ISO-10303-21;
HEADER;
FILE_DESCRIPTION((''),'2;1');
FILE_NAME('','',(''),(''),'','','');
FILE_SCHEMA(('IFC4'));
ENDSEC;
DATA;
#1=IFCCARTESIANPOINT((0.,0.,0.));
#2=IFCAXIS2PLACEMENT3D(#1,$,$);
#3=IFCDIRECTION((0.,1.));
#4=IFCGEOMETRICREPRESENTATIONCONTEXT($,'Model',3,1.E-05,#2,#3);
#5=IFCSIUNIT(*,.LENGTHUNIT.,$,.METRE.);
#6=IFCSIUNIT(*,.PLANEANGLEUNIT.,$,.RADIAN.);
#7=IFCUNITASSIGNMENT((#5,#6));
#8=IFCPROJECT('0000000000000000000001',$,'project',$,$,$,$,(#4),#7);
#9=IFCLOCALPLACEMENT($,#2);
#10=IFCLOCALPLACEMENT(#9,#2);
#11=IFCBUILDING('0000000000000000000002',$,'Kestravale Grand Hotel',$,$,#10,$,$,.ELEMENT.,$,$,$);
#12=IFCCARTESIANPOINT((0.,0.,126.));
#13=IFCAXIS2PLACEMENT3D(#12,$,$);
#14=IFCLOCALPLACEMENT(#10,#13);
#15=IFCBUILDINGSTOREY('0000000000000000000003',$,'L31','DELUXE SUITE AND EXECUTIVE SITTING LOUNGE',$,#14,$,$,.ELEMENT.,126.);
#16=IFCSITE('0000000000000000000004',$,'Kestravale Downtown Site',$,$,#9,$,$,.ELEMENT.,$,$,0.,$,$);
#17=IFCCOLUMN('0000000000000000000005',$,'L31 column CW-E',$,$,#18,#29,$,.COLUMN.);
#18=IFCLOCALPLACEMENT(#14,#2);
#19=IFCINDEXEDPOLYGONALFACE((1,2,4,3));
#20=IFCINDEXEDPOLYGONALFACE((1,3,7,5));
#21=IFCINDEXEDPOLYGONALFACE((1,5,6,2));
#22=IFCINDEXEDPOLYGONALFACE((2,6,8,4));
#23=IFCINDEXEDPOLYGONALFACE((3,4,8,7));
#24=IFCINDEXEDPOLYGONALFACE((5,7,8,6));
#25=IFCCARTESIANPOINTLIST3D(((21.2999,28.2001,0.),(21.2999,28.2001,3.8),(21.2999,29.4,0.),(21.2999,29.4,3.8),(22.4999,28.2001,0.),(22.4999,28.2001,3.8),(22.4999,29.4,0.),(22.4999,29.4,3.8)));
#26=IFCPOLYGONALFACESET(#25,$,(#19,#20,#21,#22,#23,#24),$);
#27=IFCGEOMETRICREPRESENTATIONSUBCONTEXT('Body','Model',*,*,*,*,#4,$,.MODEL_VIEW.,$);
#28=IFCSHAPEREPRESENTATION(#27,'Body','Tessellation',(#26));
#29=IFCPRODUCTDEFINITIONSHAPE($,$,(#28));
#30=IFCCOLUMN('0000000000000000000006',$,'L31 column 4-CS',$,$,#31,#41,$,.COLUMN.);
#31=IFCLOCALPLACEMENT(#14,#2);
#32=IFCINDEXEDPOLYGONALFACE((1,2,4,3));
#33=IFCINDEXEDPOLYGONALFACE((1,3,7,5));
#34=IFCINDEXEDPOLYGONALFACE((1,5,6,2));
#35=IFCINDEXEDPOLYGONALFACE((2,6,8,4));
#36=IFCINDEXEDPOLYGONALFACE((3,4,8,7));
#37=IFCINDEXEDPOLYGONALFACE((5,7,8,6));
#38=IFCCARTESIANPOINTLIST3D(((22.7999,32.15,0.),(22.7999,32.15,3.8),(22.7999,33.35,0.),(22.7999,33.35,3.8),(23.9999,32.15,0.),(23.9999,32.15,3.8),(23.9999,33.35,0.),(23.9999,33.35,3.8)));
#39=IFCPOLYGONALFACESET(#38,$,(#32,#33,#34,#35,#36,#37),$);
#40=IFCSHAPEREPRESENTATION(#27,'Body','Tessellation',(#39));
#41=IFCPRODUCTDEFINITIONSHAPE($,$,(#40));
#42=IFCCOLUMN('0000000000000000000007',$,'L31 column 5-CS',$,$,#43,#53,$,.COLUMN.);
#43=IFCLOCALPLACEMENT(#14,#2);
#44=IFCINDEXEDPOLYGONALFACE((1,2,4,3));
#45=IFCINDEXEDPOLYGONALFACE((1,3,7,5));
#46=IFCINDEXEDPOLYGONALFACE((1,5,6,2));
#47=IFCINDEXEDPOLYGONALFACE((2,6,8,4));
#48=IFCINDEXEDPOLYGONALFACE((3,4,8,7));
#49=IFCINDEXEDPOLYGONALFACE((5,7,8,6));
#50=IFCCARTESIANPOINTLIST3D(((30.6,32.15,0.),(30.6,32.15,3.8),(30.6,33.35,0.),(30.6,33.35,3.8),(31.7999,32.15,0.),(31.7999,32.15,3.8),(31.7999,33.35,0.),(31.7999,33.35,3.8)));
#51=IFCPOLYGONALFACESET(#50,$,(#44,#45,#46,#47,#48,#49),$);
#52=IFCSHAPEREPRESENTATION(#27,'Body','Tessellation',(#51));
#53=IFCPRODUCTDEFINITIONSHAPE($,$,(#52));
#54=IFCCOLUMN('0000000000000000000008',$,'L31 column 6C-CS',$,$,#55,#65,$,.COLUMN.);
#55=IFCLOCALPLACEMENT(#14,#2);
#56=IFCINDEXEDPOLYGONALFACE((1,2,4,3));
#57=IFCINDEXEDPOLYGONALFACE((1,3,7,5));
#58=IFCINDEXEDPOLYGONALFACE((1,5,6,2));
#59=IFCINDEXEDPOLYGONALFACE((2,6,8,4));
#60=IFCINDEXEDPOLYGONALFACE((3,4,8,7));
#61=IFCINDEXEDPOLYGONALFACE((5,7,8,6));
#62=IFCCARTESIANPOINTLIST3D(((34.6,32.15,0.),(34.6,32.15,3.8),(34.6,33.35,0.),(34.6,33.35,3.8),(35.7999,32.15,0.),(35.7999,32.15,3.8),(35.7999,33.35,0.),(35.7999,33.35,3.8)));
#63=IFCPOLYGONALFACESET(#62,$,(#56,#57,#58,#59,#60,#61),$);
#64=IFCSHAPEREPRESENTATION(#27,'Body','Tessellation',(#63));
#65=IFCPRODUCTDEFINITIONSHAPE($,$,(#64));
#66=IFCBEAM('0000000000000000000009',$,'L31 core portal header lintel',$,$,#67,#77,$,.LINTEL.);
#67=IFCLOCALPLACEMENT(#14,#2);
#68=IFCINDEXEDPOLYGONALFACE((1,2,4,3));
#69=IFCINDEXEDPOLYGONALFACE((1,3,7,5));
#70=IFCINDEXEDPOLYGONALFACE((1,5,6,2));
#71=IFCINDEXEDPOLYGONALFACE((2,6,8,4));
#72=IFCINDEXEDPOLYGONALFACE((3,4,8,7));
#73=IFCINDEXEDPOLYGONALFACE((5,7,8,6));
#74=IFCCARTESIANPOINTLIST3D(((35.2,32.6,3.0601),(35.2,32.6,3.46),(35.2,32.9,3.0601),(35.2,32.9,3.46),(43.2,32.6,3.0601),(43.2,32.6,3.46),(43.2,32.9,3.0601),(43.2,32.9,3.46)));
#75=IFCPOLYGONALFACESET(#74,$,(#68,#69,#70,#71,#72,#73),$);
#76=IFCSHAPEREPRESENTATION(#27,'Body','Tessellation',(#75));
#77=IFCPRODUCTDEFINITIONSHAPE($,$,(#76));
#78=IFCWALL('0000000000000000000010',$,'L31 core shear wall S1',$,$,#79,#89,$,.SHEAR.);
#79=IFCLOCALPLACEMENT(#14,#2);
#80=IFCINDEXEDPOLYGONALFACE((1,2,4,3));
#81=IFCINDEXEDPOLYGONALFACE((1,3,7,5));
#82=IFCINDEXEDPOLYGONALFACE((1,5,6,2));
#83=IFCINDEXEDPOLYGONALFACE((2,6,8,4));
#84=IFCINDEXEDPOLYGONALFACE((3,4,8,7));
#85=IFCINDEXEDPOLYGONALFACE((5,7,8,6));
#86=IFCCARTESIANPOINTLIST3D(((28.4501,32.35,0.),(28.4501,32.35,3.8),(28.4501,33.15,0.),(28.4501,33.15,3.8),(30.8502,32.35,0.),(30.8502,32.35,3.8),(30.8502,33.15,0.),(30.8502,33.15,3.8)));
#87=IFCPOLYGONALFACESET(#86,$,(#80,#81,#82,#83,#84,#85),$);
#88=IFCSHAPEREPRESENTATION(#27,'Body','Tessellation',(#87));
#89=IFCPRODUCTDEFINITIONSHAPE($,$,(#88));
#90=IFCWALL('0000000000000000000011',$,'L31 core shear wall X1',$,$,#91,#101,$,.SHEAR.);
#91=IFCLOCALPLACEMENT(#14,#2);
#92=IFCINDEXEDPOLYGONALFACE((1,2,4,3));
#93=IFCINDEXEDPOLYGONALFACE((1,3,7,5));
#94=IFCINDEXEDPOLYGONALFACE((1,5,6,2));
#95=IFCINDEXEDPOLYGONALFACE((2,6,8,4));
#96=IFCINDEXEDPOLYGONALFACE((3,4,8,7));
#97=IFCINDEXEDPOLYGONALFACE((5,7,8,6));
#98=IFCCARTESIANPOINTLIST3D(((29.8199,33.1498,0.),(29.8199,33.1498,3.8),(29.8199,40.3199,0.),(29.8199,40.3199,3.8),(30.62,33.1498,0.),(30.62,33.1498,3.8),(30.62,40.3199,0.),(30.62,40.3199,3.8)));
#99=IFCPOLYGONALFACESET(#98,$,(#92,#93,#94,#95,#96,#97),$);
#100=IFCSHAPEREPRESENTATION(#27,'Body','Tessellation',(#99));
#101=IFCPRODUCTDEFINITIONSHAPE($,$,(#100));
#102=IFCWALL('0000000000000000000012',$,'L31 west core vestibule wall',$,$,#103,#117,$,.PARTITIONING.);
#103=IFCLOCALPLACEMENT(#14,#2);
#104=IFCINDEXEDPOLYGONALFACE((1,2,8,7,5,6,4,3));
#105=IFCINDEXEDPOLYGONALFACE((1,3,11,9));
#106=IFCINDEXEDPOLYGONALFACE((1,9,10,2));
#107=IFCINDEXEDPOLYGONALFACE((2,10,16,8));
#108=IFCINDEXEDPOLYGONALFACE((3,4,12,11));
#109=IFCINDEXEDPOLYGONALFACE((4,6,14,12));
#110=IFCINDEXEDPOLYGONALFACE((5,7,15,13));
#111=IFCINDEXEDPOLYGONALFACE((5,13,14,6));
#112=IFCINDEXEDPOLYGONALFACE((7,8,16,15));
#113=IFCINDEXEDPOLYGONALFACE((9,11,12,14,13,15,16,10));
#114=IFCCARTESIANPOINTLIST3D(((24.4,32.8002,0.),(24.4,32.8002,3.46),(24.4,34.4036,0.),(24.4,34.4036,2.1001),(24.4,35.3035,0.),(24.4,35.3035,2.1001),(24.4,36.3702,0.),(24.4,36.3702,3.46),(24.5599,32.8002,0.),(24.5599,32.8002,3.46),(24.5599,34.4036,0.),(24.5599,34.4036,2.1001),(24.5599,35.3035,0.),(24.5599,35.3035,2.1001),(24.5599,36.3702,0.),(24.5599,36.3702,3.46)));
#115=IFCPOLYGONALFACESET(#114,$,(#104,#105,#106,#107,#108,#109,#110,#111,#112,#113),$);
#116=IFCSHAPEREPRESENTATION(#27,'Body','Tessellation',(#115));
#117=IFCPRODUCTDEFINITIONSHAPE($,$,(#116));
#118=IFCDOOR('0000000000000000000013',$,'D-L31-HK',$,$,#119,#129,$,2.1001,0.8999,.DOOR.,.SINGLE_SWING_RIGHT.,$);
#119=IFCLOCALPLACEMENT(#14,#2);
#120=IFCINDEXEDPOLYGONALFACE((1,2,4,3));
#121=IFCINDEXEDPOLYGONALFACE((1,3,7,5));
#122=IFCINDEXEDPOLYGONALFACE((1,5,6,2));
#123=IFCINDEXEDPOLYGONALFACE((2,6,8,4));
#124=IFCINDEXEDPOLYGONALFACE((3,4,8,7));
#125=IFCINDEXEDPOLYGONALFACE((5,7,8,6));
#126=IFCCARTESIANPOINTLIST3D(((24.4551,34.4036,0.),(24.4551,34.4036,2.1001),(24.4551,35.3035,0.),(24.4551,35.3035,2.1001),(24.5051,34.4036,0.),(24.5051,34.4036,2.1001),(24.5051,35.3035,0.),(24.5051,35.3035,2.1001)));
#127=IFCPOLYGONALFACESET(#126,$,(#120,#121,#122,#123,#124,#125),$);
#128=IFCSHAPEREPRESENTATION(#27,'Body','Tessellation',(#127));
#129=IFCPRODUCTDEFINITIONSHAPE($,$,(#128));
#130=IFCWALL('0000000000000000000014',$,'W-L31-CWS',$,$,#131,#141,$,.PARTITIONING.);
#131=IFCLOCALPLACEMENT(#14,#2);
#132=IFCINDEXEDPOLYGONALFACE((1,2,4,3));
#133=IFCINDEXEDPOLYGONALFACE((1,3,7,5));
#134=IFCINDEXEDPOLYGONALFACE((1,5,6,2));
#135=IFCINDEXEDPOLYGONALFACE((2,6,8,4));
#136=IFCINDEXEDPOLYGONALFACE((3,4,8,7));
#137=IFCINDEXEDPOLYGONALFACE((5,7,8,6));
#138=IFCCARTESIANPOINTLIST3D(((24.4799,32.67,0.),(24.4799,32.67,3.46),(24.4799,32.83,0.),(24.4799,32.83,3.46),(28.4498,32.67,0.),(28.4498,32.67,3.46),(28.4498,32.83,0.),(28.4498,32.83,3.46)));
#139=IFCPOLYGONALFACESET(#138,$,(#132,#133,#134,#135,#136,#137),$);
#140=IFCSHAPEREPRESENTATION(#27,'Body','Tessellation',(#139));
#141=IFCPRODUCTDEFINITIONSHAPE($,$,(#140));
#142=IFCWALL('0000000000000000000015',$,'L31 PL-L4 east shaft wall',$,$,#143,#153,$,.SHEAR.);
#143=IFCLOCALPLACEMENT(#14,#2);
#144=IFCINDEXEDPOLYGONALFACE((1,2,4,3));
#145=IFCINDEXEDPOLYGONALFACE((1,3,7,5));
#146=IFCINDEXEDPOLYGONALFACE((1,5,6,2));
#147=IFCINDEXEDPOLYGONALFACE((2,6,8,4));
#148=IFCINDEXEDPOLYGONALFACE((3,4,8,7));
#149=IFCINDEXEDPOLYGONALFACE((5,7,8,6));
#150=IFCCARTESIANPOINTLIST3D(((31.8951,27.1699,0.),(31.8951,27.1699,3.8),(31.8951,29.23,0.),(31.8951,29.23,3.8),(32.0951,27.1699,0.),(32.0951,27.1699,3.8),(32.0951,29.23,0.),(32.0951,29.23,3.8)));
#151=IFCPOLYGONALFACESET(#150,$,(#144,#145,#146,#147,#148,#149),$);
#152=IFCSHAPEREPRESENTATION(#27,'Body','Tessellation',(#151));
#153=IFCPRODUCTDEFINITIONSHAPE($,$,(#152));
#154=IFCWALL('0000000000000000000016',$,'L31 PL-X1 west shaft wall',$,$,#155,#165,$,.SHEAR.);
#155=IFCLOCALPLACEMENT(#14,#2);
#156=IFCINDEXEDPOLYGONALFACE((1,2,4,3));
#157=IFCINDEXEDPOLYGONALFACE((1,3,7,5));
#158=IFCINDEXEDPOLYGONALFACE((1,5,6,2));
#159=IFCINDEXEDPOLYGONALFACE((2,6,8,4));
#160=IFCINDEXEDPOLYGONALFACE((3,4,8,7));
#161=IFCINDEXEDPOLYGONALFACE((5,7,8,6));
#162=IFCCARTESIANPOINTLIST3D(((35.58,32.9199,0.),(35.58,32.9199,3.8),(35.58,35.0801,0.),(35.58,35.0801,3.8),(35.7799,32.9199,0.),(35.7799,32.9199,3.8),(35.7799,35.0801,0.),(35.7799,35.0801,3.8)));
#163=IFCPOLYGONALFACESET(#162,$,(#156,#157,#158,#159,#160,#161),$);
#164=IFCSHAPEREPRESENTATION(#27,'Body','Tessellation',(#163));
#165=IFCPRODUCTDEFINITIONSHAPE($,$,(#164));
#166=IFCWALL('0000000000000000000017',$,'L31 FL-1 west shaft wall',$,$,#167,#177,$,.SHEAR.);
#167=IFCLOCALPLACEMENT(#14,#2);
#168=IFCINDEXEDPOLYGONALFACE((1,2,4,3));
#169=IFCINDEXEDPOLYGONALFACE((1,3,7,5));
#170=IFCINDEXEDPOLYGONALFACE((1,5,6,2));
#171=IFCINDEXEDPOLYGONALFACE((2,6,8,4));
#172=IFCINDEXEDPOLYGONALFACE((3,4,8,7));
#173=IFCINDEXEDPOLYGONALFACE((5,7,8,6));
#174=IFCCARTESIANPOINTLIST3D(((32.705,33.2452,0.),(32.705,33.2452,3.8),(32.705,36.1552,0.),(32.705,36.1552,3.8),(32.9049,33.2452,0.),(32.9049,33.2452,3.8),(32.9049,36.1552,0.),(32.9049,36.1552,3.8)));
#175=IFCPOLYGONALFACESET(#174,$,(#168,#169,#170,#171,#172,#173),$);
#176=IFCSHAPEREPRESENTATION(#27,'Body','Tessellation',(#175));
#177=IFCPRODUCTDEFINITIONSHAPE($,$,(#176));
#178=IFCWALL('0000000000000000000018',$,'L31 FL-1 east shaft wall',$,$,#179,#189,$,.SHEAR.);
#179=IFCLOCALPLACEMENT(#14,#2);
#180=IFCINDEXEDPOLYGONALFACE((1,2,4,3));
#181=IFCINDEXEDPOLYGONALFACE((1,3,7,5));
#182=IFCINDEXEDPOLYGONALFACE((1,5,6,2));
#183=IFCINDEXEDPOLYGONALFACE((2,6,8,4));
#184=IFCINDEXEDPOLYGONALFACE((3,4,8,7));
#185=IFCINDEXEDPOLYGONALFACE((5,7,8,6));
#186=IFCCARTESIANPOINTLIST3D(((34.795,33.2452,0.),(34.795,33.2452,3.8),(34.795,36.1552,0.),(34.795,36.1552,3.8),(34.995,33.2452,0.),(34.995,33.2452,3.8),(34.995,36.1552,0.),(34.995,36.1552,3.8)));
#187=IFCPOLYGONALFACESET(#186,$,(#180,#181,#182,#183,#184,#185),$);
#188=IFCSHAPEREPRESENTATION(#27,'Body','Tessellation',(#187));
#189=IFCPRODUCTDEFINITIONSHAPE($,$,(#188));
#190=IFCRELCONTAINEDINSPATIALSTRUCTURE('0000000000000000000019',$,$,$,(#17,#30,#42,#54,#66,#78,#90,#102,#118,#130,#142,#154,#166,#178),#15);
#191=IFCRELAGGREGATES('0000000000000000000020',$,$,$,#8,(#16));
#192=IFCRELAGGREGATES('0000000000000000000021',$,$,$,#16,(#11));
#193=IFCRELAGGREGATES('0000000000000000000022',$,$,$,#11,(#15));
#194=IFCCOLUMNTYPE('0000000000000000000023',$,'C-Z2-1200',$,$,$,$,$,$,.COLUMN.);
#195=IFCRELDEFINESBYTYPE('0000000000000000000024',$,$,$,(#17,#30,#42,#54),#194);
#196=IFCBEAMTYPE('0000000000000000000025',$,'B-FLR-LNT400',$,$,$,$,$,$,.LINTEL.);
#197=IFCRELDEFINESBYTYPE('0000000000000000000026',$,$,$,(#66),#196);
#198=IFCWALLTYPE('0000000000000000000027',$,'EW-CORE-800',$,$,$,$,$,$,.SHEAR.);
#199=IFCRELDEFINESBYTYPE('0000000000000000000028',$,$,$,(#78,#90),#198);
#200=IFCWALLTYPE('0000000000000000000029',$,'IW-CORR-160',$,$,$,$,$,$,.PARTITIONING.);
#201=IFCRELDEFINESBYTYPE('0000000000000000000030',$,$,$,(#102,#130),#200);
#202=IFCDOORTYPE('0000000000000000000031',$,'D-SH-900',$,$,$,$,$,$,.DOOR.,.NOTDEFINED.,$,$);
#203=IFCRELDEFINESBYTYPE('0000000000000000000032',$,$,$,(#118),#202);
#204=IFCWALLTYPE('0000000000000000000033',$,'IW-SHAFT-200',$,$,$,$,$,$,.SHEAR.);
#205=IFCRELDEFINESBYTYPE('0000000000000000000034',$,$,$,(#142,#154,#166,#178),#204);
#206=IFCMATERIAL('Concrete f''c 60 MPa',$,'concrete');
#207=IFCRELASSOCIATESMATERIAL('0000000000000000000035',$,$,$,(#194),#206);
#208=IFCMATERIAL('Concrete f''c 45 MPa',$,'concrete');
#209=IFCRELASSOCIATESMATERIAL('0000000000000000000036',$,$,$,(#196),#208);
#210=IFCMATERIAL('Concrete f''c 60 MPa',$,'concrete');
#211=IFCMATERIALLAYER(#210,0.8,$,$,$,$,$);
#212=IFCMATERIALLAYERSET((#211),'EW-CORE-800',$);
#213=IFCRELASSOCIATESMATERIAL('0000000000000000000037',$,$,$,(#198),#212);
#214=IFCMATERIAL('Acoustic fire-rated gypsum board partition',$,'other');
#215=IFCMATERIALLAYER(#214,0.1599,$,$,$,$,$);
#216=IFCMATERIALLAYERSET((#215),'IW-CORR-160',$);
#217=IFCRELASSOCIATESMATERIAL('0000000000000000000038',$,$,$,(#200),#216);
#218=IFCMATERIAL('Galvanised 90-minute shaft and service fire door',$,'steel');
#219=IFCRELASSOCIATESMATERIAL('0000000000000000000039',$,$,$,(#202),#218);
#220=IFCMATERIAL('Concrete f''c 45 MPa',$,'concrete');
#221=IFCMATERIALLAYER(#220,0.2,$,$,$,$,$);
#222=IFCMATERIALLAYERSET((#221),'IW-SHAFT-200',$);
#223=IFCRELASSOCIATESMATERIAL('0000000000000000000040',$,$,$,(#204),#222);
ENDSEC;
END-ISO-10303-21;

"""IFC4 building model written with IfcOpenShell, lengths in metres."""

from ifc_helpers import new_model, si_unit, direction, frame, frame_2d, origin, origin_2d, place, context, subcontext, project, spatial, rectangle, extrude, material, layer, layer_set, material_profile, profile_set, type_object, element, fill, save


model = new_model("IFC4")

# Units and contexts
model_context = context("Model", 3, precision=1e-05, world=origin(), true_north=direction((0.0, 1.0)))
body_context = subcontext(model_context, "Body", "Model", "MODEL_VIEW")
ifc_project = project(units=[si_unit("LENGTHUNIT", "METRE"), si_unit("PLANEANGLEUNIT", "RADIAN")], contexts=[model_context])

# Site, building, storey
site_placement = place(None, origin())
site = spatial("IfcSite", under=ifc_project, at=site_placement, Name="Kestravale Downtown Site", CompositionType="ELEMENT", RefElevation=0.0)
building_placement = place(site_placement, origin())
building = spatial("IfcBuilding", under=site, at=building_placement, Name="Kestravale Grand Hotel", CompositionType="ELEMENT")
storey_placement = place(building_placement, frame((0.0, 0.0, 126.0)))
storey = spatial("IfcBuildingStorey", under=building, at=storey_placement, Name="L31", Description="DELUXE SUITE AND EXECUTIVE SITTING LOUNGE", CompositionType="ELEMENT", Elevation=126.0)

# Columns
ifc_material_1 = material(Name="Concrete f'c 60 MPa", Category="concrete")
ifc_material_profile_1 = material_profile(ifc_material_1, rectangle(XDim=1.2, YDim=1.2, at=origin_2d()))
ifc_profile_set_1 = profile_set([ifc_material_profile_1], Name="Concrete f'c 60 MPa")
column_type = type_object("IfcColumnType", Name="C-Z2-1200", PredefinedType="COLUMN", material=ifc_profile_set_1)
for number, where, z_axis, x_axis, name in (
    (1, (21.8999, 28.8, 0.0), (0.0, 0.0, 1.0), (1.0, 0.0, 0.0), "L31 column CW-E"),
    (2, (23.3999, 32.75, 0.0), (0.0, 0.0, 1.0), (1.0, 0.0, 0.0), "L31 column 4-CS"),
    (3, (31.2, 32.75, 0.0), (0.0, 0.0, 1.0), (1.0, 0.0, 0.0), "L31 column 5-CS"),
    (4, (35.2, 32.75, 0.0), (0.0, 0.0, 1.0), (1.0, 0.0, 0.0), "L31 column 6C-CS"),
):
    element("IfcColumn", number, at=place(storey_placement, frame(where, z_axis=z_axis, x_axis=x_axis)), inside=storey, type_object=column_type, Name=name, PredefinedType="COLUMN", context=body_context, shape_type="SweptSolid", body=[
        extrude(rectangle(XDim=1.2, YDim=1.2, at=origin_2d()), origin(), (0.0, 0.0, 1.0), 3.8),
    ])

# Beam
ifc_material_2 = material(Name="Concrete f'c 45 MPa", Category="concrete")
ifc_material_profile_2 = material_profile(ifc_material_2, rectangle(XDim=0.3, YDim=0.3999, at=origin_2d()))
ifc_profile_set_2 = profile_set([ifc_material_profile_2], Name="Concrete f'c 45 MPa")
beam_type = type_object("IfcBeamType", Name="B-FLR-LNT400", PredefinedType="LINTEL", material=ifc_profile_set_2)
beam_placement = place(storey_placement, frame((35.2, 32.75, 3.26), z_axis=(1.0, 0.0, 0.0), x_axis=(0.0, 1.0, 0.0)))
element("IfcBeam", 5, at=beam_placement, inside=storey, type_object=beam_type, Name="L31 core portal header lintel", PredefinedType="LINTEL", context=body_context, shape_type="SweptSolid", body=[
    extrude(rectangle(XDim=0.3, YDim=0.3999, at=origin_2d()), origin(), (0.0, 0.0, 1.0), 8.0),
])

# Walls
ifc_material_3 = material(Name="Concrete f'c 60 MPa", Category="concrete")
ifc_layer_1 = layer(ifc_material_3, 0.8)
ifc_layer_set_1 = layer_set([ifc_layer_1], Name="EW-CORE-800")
wall_type_1 = type_object("IfcWallType", Name="EW-CORE-800", PredefinedType="SHEAR", material=ifc_layer_set_1)
wall_1_placement = place(storey_placement, frame((28.45, 32.75, 0.0), z_axis=(0.0, 0.0, 1.0), x_axis=(1.0, 0.0, 0.0)))
element("IfcWall", 6, at=wall_1_placement, inside=storey, type_object=wall_type_1, Name="L31 core shear wall S1", PredefinedType="SHEAR", context=body_context, shape_type="SweptSolid", body=[
    extrude(rectangle(XDim=2.4001, YDim=0.8, at=frame_2d((1.2002, 0.0))), origin(), (0.0, 0.0, 1.0), 3.8),
])
wall_2_placement = place(storey_placement, frame((30.22, 33.1499, 0.0), z_axis=(0.0, 0.0, 1.0), x_axis=(0.0, 1.0, 0.0)))
element("IfcWall", 7, at=wall_2_placement, inside=storey, type_object=wall_type_1, Name="L31 core shear wall X1", PredefinedType="SHEAR", context=body_context, shape_type="SweptSolid", body=[
    extrude(rectangle(XDim=7.1702, YDim=0.8, at=frame_2d((3.585, 0.0))), origin(), (0.0, 0.0, 1.0), 3.8),
])

# Wall, opening, door
ifc_material_4 = material(Name="Acoustic fire-rated gypsum board partition", Category="other")
ifc_layer_2 = layer(ifc_material_4, 0.1599)
ifc_layer_set_2 = layer_set([ifc_layer_2], Name="IW-CORR-160")
wall_type_2 = type_object("IfcWallType", Name="IW-CORR-160", PredefinedType="PARTITIONING", material=ifc_layer_set_2)
wall_3_placement = place(storey_placement, frame((24.48, 32.8, 0.0), z_axis=(0.0, 0.0, 1.0), x_axis=(0.0, 1.0, 0.0)))
wall_3 = element("IfcWall", 8, at=wall_3_placement, inside=storey, type_object=wall_type_2, Name="L31 west core vestibule wall", PredefinedType="PARTITIONING", context=body_context, shape_type="SweptSolid", body=[
    extrude(rectangle(XDim=3.5701, YDim=0.1599, at=frame_2d((1.7852, 0.0))), origin(), (0.0, 0.0, 1.0), 3.46),
])
opening_1_placement = place(wall_3_placement, frame((1.6035, 0.0, 0.0)))
opening_1 = element("IfcOpeningElement", 9, at=opening_1_placement, cuts=wall_3, PredefinedType="OPENING", context=body_context, shape_type="SweptSolid", body=[
    extrude(rectangle(XDim=0.8999, YDim=2.1001, at=frame_2d((0.45, 1.05))), frame((0.0, 0.0898, 0.0), z_axis=(0.0, -1.0, 0.0), x_axis=(1.0, 0.0, 0.0)), (0.0, 0.0, 1.0), 0.1799),
])
ifc_material_5 = material(Name="Galvanised 90-minute shaft and service fire door", Category="steel")
door_type_1 = type_object("IfcDoorType", Name="D-SH-900", OperationType="NOTDEFINED", PredefinedType="DOOR", material=ifc_material_5)
door_1_placement = place(opening_1_placement, origin())
door_1 = element("IfcDoor", 10, at=door_1_placement, inside=storey, type_object=door_type_1, Name="D-L31-HK", OperationType="SINGLE_SWING_RIGHT", OverallHeight=2.1001, OverallWidth=0.8999, PredefinedType="DOOR", context=body_context, shape_type="SweptSolid", body=[
    extrude(rectangle(XDim=0.8999, YDim=2.1001, at=frame_2d((0.45, 1.05))), frame((0.0, 0.0249, 0.0), z_axis=(0.0, -1.0, 0.0), x_axis=(1.0, 0.0, 0.0)), (0.0, 0.0, 1.0), 0.05),
])
fill(opening_1, door_1)

# Walls
wall_4_placement = place(storey_placement, frame((24.48, 32.75, 0.0), z_axis=(0.0, 0.0, 1.0), x_axis=(1.0, 0.0, 0.0)))
element("IfcWall", 11, at=wall_4_placement, inside=storey, type_object=wall_type_2, Name="W-L31-CWS", PredefinedType="PARTITIONING", context=body_context, shape_type="SweptSolid", body=[
    extrude(rectangle(XDim=3.97, YDim=0.1599, at=frame_2d((1.9849, 0.0))), origin(), (0.0, 0.0, 1.0), 3.46),
])
ifc_material_6 = material(Name="Concrete f'c 45 MPa", Category="concrete")
ifc_layer_3 = layer(ifc_material_6, 0.2)
ifc_layer_set_3 = layer_set([ifc_layer_3], Name="IW-SHAFT-200")
wall_type_3 = type_object("IfcWallType", Name="IW-SHAFT-200", PredefinedType="SHEAR", material=ifc_layer_set_3)
wall_5_placement = place(storey_placement, frame((31.9951, 27.1699, 0.0), z_axis=(0.0, 0.0, 1.0), x_axis=(0.0, 1.0, 0.0)))
element("IfcWall", 12, at=wall_5_placement, inside=storey, type_object=wall_type_3, Name="L31 PL-L4 east shaft wall", PredefinedType="SHEAR", context=body_context, shape_type="SweptSolid", body=[
    extrude(rectangle(XDim=2.0601, YDim=0.2, at=frame_2d((1.03, 0.0))), origin(), (0.0, 0.0, 1.0), 3.8),
])
wall_6_placement = place(storey_placement, frame((35.6799, 32.9199, 0.0), z_axis=(0.0, 0.0, 1.0), x_axis=(0.0, 1.0, 0.0)))
element("IfcWall", 13, at=wall_6_placement, inside=storey, type_object=wall_type_3, Name="L31 PL-X1 west shaft wall", PredefinedType="SHEAR", context=body_context, shape_type="SweptSolid", body=[
    extrude(rectangle(XDim=2.1602, YDim=0.2, at=frame_2d((1.0801, 0.0))), origin(), (0.0, 0.0, 1.0), 3.8),
])
for number, where, z_axis, x_axis, name in (
    (14, (32.8049, 33.2451, 0.0), (0.0, 0.0, 1.0), (0.0, 1.0, 0.0), "L31 FL-1 west shaft wall"),
    (15, (34.895, 33.2451, 0.0), (0.0, 0.0, 1.0), (0.0, 1.0, 0.0), "L31 FL-1 east shaft wall"),
):
    element("IfcWall", number, at=place(storey_placement, frame(where, z_axis=z_axis, x_axis=x_axis)), inside=storey, type_object=wall_type_3, Name=name, PredefinedType="SHEAR", context=body_context, shape_type="SweptSolid", body=[
        extrude(rectangle(XDim=2.9099, YDim=0.2, at=frame_2d((1.4551, 0.0))), origin(), (0.0, 0.0, 1.0), 3.8),
    ])

save(model, "model.ifc")
